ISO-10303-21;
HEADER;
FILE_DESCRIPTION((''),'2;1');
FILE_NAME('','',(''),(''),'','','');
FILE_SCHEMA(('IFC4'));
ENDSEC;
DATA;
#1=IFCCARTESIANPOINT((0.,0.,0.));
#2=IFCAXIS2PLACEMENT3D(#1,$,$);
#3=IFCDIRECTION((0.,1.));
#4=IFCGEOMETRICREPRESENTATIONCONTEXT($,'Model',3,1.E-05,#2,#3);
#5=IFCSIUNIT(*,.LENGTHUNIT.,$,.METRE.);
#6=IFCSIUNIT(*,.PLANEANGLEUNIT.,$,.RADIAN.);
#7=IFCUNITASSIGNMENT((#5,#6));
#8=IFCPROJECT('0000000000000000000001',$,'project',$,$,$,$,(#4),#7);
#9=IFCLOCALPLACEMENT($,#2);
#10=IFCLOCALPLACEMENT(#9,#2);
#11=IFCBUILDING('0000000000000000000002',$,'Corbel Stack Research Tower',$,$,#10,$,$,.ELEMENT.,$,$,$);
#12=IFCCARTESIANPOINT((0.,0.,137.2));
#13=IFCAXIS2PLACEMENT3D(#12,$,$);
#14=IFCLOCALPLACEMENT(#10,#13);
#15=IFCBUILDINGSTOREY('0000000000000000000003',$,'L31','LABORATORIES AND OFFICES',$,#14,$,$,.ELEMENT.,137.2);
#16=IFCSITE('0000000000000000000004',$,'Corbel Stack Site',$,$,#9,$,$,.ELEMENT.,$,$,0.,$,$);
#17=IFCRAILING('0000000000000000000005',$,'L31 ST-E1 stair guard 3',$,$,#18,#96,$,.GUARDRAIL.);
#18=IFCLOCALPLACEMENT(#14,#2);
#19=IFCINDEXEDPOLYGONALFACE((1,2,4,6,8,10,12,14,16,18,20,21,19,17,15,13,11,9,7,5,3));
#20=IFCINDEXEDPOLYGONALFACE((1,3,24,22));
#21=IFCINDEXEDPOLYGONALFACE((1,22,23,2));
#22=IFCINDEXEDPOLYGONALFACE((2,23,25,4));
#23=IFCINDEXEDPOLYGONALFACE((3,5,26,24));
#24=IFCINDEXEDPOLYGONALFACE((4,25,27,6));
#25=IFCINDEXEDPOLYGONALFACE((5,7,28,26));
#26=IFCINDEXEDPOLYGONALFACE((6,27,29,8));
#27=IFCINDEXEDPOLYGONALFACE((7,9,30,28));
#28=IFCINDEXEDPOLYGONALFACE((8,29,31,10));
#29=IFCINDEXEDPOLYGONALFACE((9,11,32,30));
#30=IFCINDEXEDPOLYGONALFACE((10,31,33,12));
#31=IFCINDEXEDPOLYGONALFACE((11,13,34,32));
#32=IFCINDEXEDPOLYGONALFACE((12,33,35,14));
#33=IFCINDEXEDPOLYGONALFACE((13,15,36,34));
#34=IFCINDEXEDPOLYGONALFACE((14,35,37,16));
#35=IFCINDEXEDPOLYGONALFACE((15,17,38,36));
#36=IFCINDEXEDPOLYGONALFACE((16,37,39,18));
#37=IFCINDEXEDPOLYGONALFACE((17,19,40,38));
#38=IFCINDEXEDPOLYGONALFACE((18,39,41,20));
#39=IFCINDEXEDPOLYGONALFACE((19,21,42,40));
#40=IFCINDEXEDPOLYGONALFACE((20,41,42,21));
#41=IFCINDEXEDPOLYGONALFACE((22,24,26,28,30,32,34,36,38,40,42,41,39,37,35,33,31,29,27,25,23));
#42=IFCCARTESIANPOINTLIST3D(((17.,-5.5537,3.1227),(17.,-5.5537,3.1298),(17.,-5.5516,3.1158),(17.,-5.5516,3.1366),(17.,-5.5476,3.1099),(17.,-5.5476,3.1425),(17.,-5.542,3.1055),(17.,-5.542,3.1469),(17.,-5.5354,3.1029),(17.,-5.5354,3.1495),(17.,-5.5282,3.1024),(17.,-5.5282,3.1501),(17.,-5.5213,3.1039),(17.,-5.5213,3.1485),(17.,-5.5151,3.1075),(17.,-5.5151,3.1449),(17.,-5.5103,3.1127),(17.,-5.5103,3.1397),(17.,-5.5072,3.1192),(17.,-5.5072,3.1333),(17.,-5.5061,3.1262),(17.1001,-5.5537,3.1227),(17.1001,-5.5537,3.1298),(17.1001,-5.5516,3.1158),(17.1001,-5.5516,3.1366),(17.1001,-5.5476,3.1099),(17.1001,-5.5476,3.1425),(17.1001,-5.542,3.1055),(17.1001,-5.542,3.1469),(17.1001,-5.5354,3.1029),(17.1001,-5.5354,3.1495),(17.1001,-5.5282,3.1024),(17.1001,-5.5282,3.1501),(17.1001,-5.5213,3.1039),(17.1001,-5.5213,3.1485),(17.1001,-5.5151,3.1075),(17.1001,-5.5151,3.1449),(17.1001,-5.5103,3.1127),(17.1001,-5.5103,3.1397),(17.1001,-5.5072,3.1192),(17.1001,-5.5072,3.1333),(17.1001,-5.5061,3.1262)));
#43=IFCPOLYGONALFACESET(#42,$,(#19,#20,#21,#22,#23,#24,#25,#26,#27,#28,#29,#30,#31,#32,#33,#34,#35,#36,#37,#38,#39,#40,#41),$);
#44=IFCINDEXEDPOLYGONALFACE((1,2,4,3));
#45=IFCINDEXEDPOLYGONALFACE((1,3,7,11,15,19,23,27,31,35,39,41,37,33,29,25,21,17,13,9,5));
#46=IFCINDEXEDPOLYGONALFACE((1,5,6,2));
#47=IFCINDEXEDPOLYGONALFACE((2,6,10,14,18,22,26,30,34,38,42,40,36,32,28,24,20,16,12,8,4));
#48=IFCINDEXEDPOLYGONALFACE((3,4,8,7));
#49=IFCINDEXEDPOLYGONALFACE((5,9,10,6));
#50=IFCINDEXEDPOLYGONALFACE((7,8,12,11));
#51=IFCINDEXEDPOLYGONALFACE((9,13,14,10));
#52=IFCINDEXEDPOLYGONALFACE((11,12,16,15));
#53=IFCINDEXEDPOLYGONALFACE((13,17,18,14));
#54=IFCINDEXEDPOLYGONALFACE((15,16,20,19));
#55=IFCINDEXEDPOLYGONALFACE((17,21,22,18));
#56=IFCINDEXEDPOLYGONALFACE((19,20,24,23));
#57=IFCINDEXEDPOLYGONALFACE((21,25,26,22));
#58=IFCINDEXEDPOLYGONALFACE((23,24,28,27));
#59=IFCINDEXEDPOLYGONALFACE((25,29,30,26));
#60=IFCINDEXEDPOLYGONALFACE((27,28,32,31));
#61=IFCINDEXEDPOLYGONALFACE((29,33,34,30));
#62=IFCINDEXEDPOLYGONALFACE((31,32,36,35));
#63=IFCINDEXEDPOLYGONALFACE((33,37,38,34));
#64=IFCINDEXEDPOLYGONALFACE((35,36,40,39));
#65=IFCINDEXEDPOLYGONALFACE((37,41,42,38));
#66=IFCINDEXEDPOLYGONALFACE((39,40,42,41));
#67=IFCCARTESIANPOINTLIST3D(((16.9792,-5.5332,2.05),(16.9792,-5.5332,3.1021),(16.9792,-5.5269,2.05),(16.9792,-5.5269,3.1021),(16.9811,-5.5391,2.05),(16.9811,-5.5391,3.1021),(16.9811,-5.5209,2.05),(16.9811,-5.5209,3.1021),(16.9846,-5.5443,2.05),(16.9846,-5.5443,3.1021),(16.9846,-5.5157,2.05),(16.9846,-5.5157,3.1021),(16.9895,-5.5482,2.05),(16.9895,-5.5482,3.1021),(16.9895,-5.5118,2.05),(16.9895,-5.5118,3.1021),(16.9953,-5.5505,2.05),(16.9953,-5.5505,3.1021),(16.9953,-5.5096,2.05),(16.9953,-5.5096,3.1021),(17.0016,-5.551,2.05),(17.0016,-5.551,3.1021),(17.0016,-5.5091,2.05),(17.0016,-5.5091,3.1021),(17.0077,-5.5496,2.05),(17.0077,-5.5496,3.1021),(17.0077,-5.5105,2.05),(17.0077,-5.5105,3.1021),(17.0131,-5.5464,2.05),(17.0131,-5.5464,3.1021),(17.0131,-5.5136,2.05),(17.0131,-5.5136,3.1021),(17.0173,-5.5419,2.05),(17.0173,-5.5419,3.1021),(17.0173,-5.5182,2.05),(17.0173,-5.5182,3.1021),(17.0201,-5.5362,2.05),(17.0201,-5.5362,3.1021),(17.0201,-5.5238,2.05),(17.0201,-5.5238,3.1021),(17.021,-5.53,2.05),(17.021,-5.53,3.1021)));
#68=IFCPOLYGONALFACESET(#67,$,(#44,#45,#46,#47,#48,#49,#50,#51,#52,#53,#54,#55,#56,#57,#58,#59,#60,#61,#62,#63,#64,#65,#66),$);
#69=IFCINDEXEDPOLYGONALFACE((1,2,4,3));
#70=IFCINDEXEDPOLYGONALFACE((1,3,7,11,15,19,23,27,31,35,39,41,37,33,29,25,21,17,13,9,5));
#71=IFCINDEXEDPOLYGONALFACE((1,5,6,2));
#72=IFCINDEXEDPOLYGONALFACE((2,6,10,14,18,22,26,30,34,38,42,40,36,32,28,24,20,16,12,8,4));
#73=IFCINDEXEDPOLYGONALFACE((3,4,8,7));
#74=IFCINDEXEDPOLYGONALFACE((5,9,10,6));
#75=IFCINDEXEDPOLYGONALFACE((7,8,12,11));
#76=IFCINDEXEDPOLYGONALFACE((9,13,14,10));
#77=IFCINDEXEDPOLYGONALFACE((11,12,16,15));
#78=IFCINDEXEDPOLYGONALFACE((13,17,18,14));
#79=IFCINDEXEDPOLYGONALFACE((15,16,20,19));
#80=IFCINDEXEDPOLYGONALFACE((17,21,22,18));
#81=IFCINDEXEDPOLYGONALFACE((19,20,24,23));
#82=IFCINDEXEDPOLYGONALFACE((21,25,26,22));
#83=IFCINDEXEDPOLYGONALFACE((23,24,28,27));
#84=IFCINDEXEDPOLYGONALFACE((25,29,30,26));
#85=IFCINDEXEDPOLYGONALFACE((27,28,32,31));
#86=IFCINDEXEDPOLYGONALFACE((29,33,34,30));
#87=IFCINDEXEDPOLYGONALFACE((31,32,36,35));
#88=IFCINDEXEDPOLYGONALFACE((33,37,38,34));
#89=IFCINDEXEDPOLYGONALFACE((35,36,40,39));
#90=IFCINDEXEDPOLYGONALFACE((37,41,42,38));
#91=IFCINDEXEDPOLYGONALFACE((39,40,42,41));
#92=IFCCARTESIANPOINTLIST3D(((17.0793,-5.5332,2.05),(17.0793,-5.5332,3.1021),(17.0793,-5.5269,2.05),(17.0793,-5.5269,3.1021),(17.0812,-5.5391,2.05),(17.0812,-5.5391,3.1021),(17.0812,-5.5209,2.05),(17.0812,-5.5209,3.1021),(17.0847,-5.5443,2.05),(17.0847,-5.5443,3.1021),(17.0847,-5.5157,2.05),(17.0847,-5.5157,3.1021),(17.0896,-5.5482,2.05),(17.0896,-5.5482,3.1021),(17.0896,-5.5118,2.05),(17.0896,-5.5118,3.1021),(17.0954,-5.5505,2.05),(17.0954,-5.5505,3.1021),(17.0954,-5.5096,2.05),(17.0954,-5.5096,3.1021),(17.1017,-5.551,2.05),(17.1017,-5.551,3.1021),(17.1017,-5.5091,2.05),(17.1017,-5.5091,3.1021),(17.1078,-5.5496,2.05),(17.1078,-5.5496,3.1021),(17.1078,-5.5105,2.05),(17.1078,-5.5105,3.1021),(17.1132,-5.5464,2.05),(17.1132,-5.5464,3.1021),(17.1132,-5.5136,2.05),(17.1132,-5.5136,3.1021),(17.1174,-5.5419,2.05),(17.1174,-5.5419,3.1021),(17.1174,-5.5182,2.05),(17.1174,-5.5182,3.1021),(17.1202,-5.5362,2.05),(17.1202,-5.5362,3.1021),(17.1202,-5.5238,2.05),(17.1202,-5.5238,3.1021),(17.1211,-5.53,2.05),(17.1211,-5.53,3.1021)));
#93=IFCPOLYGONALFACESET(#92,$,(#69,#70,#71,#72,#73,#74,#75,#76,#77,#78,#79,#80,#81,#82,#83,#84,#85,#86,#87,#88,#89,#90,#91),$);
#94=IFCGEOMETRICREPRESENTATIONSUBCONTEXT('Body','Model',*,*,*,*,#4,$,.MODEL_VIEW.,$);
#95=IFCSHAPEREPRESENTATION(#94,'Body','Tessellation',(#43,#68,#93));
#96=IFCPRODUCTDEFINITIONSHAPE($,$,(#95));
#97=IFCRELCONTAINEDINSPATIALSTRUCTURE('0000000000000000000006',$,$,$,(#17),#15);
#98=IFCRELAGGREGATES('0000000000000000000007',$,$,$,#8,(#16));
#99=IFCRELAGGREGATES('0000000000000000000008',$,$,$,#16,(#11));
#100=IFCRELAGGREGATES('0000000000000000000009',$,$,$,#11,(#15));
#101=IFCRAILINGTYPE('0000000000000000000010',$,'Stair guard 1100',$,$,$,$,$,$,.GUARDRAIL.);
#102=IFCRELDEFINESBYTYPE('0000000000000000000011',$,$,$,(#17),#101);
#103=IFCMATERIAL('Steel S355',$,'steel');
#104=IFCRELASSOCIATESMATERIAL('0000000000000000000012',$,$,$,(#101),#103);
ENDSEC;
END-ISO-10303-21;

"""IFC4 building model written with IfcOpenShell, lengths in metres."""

from ifc_helpers import new_model, si_unit, direction, frame, origin, origin_2d, place, context, subcontext, project, spatial, circle, extrude, material, type_object, element, save


model = new_model("IFC4")

# Units and contexts
model_context = context("Model", 3, precision=1e-05, world=origin(), true_north=direction((0.0, 1.0)))
body_context = subcontext(model_context, "Body", "Model", "MODEL_VIEW")
ifc_project = project(units=[si_unit("LENGTHUNIT", "METRE"), si_unit("PLANEANGLEUNIT", "RADIAN")], contexts=[model_context])

# Site, building, storey
site_placement = place(None, origin())
site = spatial("IfcSite", under=ifc_project, at=site_placement, Name="Corbel Stack Site", CompositionType="ELEMENT", RefElevation=0.0)
building_placement = place(site_placement, origin())
building = spatial("IfcBuilding", under=site, at=building_placement, Name="Corbel Stack Research Tower", CompositionType="ELEMENT")
storey_placement = place(building_placement, frame((0.0, 0.0, 137.2)))
storey = spatial("IfcBuildingStorey", under=building, at=storey_placement, Name="L31", Description="LABORATORIES AND OFFICES", CompositionType="ELEMENT", Elevation=137.2)

# Railing
ifc_material_1 = material(Name="Steel S355", Category="steel")
railing_type_1 = type_object("IfcRailingType", Name="Stair guard 1100", PredefinedType="GUARDRAIL", material=ifc_material_1)
railing_1_placement = place(storey_placement, frame((17.0, -5.53, 2.05)))
element("IfcRailing", 1, at=railing_1_placement, inside=storey, type_object=railing_type_1, Name="L31 ST-E1 stair guard 3", PredefinedType="GUARDRAIL", context=body_context, shape_type="SweptSolid", body=[
    extrude(circle(Radius=0.0239, at=origin_2d()), frame((0.0, 0.0, 1.0762), z_axis=(1.0, 0.0, 0.0), x_axis=(0.0, 1.0, 0.0)), (0.0, 0.0, 1.0), 0.1001),
    extrude(circle(Radius=0.021, at=origin_2d()), origin(), (0.0, 0.0, 1.0), 1.052),
    extrude(circle(Radius=0.021, at=origin_2d()), frame((0.1001, 0.0, 0.0)), (0.0, 0.0, 1.0), 1.052),
])

save(model, "model.ifc")
